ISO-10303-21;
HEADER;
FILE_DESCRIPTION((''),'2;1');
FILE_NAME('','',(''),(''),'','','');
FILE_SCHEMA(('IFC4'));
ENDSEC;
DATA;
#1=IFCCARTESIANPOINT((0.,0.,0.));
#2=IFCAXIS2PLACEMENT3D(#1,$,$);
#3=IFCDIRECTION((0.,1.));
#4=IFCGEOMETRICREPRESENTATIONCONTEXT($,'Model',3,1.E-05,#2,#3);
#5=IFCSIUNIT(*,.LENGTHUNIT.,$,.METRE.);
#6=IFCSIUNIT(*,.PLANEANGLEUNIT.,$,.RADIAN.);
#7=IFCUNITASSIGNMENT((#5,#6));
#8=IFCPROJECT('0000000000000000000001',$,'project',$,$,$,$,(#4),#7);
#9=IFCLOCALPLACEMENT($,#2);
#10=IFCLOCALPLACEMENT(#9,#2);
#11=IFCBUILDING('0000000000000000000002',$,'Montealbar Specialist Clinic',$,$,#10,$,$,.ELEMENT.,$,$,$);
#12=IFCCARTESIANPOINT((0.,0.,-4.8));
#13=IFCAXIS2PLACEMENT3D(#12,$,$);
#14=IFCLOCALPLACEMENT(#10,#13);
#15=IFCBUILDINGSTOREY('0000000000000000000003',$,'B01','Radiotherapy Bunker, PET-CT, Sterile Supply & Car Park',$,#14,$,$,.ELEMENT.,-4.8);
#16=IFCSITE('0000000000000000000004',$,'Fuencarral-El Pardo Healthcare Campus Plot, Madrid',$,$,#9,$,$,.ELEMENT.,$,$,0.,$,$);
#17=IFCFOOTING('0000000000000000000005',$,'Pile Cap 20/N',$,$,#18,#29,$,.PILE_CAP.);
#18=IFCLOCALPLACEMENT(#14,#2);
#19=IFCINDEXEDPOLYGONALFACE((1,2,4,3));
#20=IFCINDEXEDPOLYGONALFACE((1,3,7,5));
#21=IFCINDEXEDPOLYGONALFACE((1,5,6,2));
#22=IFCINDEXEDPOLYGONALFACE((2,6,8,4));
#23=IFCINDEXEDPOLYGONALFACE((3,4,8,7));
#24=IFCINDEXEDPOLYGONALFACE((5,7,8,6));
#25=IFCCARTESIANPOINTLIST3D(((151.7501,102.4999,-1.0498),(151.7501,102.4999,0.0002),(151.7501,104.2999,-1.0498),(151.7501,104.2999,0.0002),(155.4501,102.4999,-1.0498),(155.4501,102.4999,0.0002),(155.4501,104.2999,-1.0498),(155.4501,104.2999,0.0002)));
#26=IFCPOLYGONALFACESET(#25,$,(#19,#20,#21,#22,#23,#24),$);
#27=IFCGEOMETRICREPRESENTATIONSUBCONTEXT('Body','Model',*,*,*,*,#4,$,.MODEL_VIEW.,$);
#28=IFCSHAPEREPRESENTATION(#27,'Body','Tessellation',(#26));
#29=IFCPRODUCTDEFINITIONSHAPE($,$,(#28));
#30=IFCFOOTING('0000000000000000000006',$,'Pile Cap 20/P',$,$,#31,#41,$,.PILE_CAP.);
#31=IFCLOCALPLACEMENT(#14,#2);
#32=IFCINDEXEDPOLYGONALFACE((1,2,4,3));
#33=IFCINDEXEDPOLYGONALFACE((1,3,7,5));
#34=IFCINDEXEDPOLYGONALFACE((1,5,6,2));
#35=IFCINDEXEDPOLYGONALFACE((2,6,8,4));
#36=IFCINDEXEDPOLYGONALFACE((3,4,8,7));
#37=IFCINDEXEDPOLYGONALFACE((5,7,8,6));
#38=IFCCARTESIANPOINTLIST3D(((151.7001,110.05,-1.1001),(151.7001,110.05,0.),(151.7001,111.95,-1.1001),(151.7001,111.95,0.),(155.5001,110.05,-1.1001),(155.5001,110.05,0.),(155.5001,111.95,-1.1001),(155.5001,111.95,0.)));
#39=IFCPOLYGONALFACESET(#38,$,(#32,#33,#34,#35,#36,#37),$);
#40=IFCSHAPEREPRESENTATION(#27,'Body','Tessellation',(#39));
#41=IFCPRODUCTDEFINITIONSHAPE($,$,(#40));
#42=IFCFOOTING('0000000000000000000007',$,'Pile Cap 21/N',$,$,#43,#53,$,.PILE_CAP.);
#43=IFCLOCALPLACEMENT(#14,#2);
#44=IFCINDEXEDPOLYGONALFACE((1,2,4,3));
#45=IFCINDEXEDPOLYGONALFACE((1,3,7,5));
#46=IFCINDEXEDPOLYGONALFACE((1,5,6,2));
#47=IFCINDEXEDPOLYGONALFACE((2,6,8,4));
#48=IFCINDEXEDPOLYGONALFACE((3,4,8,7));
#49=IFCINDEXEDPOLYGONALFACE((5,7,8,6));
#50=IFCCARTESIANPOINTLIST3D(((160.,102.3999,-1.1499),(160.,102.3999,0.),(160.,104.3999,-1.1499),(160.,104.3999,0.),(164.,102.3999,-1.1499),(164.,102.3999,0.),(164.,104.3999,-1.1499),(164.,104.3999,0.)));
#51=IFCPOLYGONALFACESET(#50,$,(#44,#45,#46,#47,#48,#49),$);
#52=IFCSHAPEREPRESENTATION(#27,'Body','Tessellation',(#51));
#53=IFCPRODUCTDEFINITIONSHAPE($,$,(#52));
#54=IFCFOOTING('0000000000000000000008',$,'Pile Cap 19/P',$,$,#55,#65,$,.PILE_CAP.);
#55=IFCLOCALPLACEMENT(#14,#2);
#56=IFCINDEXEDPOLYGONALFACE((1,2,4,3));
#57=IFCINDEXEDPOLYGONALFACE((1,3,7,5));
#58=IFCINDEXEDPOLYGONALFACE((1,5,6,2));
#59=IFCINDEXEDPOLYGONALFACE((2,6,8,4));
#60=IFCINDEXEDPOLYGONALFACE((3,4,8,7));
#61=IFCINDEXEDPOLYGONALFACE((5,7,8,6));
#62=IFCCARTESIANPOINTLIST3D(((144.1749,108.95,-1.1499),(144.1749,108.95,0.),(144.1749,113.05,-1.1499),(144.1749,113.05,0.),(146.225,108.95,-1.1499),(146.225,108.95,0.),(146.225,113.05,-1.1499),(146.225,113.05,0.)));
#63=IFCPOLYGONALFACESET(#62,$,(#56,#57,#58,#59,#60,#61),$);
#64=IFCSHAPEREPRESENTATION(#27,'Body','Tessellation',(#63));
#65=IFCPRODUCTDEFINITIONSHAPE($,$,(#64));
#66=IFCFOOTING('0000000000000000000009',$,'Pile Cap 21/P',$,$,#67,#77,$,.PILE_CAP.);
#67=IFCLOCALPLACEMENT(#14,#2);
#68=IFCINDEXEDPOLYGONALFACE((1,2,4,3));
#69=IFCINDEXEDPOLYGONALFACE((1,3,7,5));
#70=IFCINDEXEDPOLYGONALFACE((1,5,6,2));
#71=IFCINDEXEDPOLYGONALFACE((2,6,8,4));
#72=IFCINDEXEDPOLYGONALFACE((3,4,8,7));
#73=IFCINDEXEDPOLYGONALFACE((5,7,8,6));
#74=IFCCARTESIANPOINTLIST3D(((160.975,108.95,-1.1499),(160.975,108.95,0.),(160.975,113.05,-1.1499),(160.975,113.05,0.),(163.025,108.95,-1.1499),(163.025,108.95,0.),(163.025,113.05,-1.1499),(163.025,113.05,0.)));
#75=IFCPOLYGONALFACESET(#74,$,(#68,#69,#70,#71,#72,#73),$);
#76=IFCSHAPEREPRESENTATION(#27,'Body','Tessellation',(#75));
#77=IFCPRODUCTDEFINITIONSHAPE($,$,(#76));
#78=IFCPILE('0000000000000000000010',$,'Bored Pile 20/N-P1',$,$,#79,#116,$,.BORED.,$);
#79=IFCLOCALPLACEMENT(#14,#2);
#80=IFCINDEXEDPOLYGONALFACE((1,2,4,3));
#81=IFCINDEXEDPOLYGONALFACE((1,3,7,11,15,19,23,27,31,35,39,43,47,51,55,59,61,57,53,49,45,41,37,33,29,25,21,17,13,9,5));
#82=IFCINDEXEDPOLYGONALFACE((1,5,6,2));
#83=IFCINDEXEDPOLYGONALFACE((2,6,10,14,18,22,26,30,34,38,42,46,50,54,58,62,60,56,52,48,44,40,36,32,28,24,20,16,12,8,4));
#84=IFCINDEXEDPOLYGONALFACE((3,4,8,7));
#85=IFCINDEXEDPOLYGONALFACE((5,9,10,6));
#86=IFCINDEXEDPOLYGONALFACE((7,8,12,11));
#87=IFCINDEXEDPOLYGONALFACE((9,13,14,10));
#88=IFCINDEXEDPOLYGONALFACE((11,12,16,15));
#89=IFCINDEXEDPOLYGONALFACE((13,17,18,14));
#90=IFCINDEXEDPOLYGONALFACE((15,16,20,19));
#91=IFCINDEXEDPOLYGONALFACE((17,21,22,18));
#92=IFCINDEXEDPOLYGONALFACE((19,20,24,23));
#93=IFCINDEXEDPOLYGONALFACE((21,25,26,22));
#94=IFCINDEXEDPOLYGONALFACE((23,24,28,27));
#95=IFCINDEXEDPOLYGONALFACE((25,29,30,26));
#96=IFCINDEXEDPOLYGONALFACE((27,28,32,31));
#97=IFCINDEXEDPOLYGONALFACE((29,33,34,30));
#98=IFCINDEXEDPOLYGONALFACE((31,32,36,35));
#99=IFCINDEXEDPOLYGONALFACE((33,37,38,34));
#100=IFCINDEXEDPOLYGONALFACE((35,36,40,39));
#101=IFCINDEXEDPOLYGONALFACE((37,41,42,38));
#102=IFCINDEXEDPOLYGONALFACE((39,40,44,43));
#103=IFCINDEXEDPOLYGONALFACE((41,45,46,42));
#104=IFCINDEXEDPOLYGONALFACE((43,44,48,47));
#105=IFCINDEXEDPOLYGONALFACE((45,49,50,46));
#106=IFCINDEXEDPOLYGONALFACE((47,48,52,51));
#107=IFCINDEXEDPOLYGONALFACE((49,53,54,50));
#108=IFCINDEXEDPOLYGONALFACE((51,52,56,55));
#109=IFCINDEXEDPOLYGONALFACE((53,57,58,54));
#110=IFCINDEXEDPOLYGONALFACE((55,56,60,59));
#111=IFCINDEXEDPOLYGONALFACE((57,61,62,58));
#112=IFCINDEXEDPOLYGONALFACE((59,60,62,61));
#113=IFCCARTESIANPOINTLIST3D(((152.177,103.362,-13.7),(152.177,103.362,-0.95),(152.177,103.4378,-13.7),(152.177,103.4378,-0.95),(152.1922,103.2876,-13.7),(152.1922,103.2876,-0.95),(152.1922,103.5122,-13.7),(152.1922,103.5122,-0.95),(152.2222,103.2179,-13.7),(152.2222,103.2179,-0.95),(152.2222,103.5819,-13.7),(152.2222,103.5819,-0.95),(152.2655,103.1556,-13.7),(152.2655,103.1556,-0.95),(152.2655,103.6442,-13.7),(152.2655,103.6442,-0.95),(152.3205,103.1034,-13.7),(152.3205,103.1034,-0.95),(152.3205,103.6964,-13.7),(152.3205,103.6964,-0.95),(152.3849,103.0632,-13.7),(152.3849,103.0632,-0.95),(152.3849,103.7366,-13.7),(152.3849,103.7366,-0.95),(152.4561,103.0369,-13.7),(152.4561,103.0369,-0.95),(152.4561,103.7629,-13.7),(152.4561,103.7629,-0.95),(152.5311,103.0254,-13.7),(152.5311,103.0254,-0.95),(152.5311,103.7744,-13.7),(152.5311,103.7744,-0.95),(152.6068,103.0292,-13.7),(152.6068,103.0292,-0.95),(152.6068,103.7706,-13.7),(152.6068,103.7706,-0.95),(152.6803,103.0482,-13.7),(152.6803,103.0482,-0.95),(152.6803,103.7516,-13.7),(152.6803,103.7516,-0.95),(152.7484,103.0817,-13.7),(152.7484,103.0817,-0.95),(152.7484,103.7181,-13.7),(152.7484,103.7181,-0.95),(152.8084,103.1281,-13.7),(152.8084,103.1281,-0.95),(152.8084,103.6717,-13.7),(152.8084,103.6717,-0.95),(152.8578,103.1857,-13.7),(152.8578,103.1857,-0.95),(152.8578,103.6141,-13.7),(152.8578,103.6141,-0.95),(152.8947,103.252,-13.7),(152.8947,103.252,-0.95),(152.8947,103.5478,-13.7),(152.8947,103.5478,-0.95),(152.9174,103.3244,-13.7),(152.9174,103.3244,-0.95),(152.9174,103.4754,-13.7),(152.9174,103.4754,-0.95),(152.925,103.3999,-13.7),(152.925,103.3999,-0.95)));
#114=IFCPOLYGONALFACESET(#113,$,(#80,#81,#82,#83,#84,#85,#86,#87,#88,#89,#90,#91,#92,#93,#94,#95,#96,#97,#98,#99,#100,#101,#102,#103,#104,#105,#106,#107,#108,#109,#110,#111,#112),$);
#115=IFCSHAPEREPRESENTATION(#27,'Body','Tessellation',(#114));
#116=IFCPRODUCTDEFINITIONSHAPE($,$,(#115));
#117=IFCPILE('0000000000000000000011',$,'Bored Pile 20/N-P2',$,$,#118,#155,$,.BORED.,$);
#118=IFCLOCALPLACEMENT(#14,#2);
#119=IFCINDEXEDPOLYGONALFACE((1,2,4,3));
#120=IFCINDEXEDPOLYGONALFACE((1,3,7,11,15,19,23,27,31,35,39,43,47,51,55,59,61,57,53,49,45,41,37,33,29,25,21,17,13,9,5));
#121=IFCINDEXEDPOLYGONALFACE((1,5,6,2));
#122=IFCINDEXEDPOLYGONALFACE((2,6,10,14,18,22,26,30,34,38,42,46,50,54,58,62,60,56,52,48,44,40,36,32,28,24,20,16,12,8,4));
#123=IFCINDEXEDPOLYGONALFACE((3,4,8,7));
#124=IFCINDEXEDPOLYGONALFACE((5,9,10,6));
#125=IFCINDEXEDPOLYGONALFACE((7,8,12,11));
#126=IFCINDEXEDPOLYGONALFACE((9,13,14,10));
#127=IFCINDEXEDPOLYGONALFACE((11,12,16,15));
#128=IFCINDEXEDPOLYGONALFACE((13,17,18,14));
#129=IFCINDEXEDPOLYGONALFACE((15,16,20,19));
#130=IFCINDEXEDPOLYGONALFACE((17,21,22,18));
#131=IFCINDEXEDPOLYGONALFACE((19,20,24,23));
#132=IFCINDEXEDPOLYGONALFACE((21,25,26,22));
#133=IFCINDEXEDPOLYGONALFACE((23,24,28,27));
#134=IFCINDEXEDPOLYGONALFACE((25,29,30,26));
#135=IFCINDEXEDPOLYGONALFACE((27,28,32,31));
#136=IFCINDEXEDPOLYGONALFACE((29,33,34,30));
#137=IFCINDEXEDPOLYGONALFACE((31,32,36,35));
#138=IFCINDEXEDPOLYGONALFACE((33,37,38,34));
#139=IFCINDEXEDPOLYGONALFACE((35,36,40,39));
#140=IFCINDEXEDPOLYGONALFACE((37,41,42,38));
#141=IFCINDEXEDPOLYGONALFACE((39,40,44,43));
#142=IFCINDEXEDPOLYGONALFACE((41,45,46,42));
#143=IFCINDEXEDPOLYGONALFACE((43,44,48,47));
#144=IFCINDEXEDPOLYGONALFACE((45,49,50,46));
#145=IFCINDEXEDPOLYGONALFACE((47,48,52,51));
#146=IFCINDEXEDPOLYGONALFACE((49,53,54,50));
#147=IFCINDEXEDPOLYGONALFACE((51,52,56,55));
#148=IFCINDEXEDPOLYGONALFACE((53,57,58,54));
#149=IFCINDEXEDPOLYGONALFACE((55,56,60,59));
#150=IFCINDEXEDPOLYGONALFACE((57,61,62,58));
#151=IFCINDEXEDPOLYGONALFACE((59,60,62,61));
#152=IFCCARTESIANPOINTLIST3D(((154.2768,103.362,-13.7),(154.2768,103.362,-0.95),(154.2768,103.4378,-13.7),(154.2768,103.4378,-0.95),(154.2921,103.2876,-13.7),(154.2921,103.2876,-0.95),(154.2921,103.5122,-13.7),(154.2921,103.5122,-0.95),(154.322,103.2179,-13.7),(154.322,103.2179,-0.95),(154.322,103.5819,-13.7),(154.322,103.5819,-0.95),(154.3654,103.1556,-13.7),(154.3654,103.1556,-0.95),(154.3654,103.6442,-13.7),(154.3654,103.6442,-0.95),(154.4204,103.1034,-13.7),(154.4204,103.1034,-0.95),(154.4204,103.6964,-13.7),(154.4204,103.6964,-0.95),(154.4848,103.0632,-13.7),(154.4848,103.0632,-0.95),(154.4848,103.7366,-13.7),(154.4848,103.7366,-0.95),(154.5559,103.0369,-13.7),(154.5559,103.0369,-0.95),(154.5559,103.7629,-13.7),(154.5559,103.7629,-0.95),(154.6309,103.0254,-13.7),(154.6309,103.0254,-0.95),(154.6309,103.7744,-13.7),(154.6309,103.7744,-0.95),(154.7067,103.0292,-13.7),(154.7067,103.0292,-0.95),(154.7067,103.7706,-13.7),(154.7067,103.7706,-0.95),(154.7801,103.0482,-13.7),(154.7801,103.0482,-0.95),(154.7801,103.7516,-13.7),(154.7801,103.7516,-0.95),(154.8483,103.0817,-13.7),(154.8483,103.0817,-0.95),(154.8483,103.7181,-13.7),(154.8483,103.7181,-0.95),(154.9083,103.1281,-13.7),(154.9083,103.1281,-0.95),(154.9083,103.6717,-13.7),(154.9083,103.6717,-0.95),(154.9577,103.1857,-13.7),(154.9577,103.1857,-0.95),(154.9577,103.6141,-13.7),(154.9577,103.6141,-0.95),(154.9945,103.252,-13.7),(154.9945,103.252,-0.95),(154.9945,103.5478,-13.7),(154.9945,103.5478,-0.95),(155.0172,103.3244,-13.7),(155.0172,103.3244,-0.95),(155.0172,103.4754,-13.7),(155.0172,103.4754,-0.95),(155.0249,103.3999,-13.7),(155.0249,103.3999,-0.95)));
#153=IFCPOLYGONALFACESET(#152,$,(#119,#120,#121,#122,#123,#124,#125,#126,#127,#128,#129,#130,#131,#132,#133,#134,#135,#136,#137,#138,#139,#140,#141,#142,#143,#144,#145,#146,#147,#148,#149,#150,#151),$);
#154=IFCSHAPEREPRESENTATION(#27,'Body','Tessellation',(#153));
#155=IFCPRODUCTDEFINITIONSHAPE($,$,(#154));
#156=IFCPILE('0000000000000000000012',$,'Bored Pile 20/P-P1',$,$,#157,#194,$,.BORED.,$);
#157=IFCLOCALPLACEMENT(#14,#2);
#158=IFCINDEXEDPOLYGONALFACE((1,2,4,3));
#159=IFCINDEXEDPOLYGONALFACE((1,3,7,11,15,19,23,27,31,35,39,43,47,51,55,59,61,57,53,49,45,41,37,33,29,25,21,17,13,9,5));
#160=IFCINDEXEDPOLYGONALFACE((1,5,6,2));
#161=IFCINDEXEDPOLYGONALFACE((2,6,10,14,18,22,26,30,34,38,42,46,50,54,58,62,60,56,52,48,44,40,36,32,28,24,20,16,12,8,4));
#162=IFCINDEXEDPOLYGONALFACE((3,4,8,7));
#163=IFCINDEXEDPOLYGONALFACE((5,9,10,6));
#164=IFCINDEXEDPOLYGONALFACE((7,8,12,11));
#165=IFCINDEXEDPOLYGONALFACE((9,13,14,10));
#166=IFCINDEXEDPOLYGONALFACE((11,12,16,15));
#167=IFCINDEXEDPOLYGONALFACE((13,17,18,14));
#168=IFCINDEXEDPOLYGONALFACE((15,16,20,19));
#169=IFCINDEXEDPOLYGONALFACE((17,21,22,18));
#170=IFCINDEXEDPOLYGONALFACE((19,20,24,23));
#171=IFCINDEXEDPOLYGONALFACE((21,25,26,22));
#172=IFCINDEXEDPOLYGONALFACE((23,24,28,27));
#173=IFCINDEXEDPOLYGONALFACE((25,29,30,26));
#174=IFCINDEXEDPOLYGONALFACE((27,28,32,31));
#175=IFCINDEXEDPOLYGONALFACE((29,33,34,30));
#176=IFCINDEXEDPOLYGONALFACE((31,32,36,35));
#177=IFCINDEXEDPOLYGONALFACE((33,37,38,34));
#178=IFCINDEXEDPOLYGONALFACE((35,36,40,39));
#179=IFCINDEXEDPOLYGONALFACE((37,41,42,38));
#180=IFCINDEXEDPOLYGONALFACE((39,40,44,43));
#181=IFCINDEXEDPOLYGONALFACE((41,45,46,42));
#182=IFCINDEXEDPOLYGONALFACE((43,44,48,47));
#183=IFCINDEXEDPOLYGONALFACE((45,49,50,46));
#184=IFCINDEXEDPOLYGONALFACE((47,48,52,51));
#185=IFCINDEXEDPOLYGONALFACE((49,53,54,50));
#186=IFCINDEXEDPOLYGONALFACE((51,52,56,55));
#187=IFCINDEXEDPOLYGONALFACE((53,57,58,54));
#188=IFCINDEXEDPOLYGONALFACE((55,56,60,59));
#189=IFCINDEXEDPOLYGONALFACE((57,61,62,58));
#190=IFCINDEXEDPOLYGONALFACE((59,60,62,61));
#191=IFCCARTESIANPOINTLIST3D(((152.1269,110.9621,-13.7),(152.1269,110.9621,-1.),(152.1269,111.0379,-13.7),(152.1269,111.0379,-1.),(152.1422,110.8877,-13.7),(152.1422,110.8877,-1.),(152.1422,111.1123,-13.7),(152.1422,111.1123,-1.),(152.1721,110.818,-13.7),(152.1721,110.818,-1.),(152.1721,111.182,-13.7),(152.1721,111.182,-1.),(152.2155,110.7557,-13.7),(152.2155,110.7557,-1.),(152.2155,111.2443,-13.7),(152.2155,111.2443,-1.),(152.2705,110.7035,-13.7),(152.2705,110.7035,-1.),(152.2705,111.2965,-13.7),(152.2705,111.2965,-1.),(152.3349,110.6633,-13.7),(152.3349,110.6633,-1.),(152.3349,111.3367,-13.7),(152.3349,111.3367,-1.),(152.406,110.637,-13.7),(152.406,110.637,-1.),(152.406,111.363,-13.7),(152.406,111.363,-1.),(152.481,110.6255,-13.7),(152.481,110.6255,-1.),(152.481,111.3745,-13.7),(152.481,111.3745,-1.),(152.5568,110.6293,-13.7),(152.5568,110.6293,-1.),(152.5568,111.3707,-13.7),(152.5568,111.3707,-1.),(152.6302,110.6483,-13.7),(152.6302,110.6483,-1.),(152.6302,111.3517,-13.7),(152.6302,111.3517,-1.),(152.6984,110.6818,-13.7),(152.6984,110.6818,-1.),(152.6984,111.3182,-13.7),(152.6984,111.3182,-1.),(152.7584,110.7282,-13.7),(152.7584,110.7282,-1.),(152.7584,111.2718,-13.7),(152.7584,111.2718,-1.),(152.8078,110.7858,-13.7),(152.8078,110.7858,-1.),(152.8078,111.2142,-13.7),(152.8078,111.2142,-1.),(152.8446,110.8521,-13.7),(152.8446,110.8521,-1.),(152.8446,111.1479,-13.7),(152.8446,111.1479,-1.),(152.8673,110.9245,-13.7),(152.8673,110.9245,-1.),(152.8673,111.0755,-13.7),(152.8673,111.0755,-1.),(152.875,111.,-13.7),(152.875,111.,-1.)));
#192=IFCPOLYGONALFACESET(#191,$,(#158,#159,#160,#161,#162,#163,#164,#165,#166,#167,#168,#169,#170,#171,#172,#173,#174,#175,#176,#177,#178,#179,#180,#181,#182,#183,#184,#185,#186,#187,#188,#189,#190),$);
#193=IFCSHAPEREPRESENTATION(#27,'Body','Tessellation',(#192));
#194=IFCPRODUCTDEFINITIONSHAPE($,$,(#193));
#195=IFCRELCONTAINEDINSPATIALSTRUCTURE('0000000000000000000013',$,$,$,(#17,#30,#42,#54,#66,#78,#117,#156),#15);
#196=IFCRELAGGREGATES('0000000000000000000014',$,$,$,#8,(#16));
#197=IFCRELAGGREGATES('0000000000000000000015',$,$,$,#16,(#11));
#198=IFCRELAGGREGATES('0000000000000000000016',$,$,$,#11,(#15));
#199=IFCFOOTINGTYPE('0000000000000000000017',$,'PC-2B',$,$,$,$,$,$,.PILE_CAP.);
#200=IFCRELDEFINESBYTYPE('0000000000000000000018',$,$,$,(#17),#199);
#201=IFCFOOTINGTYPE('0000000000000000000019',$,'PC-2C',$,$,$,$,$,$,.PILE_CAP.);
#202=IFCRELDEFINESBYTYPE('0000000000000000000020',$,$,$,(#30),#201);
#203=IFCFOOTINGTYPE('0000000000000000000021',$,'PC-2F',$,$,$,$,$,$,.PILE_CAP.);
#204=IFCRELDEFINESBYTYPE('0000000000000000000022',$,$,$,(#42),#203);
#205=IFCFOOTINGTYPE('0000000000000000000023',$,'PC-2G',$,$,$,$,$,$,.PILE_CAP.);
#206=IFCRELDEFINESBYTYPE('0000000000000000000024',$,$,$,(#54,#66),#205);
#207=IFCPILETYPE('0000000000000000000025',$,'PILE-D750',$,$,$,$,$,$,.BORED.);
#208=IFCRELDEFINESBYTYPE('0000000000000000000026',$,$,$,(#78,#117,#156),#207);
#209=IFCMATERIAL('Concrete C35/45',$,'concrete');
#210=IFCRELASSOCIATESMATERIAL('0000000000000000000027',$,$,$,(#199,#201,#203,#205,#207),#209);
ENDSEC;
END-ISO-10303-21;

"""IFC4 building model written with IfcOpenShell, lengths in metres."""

from ifc_helpers import new_model, si_unit, direction, frame, origin, origin_2d, place, context, subcontext, project, spatial, rectangle, circle, extrude, material, material_profile, profile_set, type_object, element, save


model = new_model("IFC4")

# Units and contexts
model_context = context("Model", 3, precision=1e-05, world=origin(), true_north=direction((0.0, 1.0)))
body_context = subcontext(model_context, "Body", "Model", "MODEL_VIEW")
ifc_project = project(units=[si_unit("LENGTHUNIT", "METRE"), si_unit("PLANEANGLEUNIT", "RADIAN")], contexts=[model_context])

# Site, building, storey
site_placement = place(None, origin())
site = spatial("IfcSite", under=ifc_project, at=site_placement, Name="Fuencarral-El Pardo Healthcare Campus Plot, Madrid", CompositionType="ELEMENT", RefElevation=0.0)
building_placement = place(site_placement, origin())
building = spatial("IfcBuilding", under=site, at=building_placement, Name="Montealbar Specialist Clinic", CompositionType="ELEMENT")
storey_placement = place(building_placement, frame((0.0, 0.0, -4.8)))
storey = spatial("IfcBuildingStorey", under=building, at=storey_placement, Name="B01", Description="Radiotherapy Bunker, PET-CT, Sterile Supply & Car Park", CompositionType="ELEMENT", Elevation=-4.8)

# Footings
ifc_material_1 = material(Name="Concrete C35/45", Category="concrete")
footing_type_1 = type_object("IfcFootingType", Name="PC-2B", PredefinedType="PILE_CAP", material=ifc_material_1)
footing_1_placement = place(storey_placement, frame((153.6001, 103.3999, -1.0498), z_axis=(0.0, 0.0, 1.0), x_axis=(1.0, 0.0, 0.0)))
element("IfcFooting", 1, at=footing_1_placement, inside=storey, type_object=footing_type_1, Name="Pile Cap 20/N", PredefinedType="PILE_CAP", context=body_context, shape_type="SweptSolid", body=[
    extrude(rectangle(XDim=3.7, YDim=1.8, at=origin_2d()), origin(), (0.0, 0.0, 1.0), 1.05),
])
footing_type_2 = type_object("IfcFootingType", Name="PC-2C", PredefinedType="PILE_CAP", material=ifc_material_1)
footing_2_placement = place(storey_placement, frame((153.6001, 111.0, -1.1001), z_axis=(0.0, 0.0, 1.0), x_axis=(1.0, 0.0, 0.0)))
element("IfcFooting", 2, at=footing_2_placement, inside=storey, type_object=footing_type_2, Name="Pile Cap 20/P", PredefinedType="PILE_CAP", context=body_context, shape_type="SweptSolid", body=[
    extrude(rectangle(XDim=3.8, YDim=1.8999, at=origin_2d()), origin(), (0.0, 0.0, 1.0), 1.1001),
])
footing_type_3 = type_object("IfcFootingType", Name="PC-2F", PredefinedType="PILE_CAP", material=ifc_material_1)
footing_3_placement = place(storey_placement, frame((162.0, 103.3999, -1.1499), z_axis=(0.0, 0.0, 1.0), x_axis=(1.0, 0.0, 0.0)))
element("IfcFooting", 3, at=footing_3_placement, inside=storey, type_object=footing_type_3, Name="Pile Cap 21/N", PredefinedType="PILE_CAP", context=body_context, shape_type="SweptSolid", body=[
    extrude(rectangle(XDim=4.0, YDim=2.0, at=origin_2d()), origin(), (0.0, 0.0, 1.0), 1.1499),
])
footing_type_4 = type_object("IfcFootingType", Name="PC-2G", PredefinedType="PILE_CAP", material=ifc_material_1)
for number, where, z_axis, x_axis, name in (
    (4, (145.2, 111.0, -1.1499), (0.0, 0.0, 1.0), (1.0, 0.0, 0.0), "Pile Cap 19/P"),
    (5, (162.0, 111.0, -1.1499), (0.0, 0.0, 1.0), (1.0, 0.0, 0.0), "Pile Cap 21/P"),
):
    element("IfcFooting", number, at=place(storey_placement, frame(where, z_axis=z_axis, x_axis=x_axis)), inside=storey, type_object=footing_type_4, Name=name, PredefinedType="PILE_CAP", context=body_context, shape_type="SweptSolid", body=[
        extrude(rectangle(XDim=2.05, YDim=4.1001, at=origin_2d()), origin(), (0.0, 0.0, 1.0), 1.1499),
    ])

# Piles
ifc_material_profile_1 = material_profile(ifc_material_1, circle(Radius=0.375, at=origin_2d()), Name="PILE D750", Category="concrete")
ifc_profile_set_1 = profile_set([ifc_material_profile_1], Name="Concrete C35/45")
pile_type_1 = type_object("IfcPileType", Name="PILE-D750", PredefinedType="BORED", material=ifc_profile_set_1)
for number, where, z_axis, x_axis, name in (
    (6, (152.55, 103.3999, -0.95), (0.0, 0.0, -1.0), (1.0, 0.0, 0.0), "Bored Pile 20/N-P1"),
    (7, (154.6499, 103.3999, -0.95), (0.0, 0.0, -1.0), (1.0, 0.0, 0.0), "Bored Pile 20/N-P2"),
):
    element("IfcPile", number, at=place(storey_placement, frame(where, z_axis=z_axis, x_axis=x_axis)), inside=storey, type_object=pile_type_1, Name=name, PredefinedType="BORED", context=body_context, shape_type="SweptSolid", body=[
        extrude(circle(Radius=0.375, at=origin_2d()), origin(), (0.0, 0.0, 1.0), 12.75),
    ])
for number, where, z_axis, x_axis, name in (
    (8, (152.5, 111.0, -1.0), (0.0, 0.0, -1.0), (1.0, 0.0, 0.0), "Bored Pile 20/P-P1"),
):
    element("IfcPile", number, at=place(storey_placement, frame(where, z_axis=z_axis, x_axis=x_axis)), inside=storey, type_object=pile_type_1, Name=name, PredefinedType="BORED", context=body_context, shape_type="SweptSolid", body=[
        extrude(circle(Radius=0.375, at=origin_2d()), origin(), (0.0, 0.0, 1.0), 12.7),
    ])

save(model, "model.ifc")
